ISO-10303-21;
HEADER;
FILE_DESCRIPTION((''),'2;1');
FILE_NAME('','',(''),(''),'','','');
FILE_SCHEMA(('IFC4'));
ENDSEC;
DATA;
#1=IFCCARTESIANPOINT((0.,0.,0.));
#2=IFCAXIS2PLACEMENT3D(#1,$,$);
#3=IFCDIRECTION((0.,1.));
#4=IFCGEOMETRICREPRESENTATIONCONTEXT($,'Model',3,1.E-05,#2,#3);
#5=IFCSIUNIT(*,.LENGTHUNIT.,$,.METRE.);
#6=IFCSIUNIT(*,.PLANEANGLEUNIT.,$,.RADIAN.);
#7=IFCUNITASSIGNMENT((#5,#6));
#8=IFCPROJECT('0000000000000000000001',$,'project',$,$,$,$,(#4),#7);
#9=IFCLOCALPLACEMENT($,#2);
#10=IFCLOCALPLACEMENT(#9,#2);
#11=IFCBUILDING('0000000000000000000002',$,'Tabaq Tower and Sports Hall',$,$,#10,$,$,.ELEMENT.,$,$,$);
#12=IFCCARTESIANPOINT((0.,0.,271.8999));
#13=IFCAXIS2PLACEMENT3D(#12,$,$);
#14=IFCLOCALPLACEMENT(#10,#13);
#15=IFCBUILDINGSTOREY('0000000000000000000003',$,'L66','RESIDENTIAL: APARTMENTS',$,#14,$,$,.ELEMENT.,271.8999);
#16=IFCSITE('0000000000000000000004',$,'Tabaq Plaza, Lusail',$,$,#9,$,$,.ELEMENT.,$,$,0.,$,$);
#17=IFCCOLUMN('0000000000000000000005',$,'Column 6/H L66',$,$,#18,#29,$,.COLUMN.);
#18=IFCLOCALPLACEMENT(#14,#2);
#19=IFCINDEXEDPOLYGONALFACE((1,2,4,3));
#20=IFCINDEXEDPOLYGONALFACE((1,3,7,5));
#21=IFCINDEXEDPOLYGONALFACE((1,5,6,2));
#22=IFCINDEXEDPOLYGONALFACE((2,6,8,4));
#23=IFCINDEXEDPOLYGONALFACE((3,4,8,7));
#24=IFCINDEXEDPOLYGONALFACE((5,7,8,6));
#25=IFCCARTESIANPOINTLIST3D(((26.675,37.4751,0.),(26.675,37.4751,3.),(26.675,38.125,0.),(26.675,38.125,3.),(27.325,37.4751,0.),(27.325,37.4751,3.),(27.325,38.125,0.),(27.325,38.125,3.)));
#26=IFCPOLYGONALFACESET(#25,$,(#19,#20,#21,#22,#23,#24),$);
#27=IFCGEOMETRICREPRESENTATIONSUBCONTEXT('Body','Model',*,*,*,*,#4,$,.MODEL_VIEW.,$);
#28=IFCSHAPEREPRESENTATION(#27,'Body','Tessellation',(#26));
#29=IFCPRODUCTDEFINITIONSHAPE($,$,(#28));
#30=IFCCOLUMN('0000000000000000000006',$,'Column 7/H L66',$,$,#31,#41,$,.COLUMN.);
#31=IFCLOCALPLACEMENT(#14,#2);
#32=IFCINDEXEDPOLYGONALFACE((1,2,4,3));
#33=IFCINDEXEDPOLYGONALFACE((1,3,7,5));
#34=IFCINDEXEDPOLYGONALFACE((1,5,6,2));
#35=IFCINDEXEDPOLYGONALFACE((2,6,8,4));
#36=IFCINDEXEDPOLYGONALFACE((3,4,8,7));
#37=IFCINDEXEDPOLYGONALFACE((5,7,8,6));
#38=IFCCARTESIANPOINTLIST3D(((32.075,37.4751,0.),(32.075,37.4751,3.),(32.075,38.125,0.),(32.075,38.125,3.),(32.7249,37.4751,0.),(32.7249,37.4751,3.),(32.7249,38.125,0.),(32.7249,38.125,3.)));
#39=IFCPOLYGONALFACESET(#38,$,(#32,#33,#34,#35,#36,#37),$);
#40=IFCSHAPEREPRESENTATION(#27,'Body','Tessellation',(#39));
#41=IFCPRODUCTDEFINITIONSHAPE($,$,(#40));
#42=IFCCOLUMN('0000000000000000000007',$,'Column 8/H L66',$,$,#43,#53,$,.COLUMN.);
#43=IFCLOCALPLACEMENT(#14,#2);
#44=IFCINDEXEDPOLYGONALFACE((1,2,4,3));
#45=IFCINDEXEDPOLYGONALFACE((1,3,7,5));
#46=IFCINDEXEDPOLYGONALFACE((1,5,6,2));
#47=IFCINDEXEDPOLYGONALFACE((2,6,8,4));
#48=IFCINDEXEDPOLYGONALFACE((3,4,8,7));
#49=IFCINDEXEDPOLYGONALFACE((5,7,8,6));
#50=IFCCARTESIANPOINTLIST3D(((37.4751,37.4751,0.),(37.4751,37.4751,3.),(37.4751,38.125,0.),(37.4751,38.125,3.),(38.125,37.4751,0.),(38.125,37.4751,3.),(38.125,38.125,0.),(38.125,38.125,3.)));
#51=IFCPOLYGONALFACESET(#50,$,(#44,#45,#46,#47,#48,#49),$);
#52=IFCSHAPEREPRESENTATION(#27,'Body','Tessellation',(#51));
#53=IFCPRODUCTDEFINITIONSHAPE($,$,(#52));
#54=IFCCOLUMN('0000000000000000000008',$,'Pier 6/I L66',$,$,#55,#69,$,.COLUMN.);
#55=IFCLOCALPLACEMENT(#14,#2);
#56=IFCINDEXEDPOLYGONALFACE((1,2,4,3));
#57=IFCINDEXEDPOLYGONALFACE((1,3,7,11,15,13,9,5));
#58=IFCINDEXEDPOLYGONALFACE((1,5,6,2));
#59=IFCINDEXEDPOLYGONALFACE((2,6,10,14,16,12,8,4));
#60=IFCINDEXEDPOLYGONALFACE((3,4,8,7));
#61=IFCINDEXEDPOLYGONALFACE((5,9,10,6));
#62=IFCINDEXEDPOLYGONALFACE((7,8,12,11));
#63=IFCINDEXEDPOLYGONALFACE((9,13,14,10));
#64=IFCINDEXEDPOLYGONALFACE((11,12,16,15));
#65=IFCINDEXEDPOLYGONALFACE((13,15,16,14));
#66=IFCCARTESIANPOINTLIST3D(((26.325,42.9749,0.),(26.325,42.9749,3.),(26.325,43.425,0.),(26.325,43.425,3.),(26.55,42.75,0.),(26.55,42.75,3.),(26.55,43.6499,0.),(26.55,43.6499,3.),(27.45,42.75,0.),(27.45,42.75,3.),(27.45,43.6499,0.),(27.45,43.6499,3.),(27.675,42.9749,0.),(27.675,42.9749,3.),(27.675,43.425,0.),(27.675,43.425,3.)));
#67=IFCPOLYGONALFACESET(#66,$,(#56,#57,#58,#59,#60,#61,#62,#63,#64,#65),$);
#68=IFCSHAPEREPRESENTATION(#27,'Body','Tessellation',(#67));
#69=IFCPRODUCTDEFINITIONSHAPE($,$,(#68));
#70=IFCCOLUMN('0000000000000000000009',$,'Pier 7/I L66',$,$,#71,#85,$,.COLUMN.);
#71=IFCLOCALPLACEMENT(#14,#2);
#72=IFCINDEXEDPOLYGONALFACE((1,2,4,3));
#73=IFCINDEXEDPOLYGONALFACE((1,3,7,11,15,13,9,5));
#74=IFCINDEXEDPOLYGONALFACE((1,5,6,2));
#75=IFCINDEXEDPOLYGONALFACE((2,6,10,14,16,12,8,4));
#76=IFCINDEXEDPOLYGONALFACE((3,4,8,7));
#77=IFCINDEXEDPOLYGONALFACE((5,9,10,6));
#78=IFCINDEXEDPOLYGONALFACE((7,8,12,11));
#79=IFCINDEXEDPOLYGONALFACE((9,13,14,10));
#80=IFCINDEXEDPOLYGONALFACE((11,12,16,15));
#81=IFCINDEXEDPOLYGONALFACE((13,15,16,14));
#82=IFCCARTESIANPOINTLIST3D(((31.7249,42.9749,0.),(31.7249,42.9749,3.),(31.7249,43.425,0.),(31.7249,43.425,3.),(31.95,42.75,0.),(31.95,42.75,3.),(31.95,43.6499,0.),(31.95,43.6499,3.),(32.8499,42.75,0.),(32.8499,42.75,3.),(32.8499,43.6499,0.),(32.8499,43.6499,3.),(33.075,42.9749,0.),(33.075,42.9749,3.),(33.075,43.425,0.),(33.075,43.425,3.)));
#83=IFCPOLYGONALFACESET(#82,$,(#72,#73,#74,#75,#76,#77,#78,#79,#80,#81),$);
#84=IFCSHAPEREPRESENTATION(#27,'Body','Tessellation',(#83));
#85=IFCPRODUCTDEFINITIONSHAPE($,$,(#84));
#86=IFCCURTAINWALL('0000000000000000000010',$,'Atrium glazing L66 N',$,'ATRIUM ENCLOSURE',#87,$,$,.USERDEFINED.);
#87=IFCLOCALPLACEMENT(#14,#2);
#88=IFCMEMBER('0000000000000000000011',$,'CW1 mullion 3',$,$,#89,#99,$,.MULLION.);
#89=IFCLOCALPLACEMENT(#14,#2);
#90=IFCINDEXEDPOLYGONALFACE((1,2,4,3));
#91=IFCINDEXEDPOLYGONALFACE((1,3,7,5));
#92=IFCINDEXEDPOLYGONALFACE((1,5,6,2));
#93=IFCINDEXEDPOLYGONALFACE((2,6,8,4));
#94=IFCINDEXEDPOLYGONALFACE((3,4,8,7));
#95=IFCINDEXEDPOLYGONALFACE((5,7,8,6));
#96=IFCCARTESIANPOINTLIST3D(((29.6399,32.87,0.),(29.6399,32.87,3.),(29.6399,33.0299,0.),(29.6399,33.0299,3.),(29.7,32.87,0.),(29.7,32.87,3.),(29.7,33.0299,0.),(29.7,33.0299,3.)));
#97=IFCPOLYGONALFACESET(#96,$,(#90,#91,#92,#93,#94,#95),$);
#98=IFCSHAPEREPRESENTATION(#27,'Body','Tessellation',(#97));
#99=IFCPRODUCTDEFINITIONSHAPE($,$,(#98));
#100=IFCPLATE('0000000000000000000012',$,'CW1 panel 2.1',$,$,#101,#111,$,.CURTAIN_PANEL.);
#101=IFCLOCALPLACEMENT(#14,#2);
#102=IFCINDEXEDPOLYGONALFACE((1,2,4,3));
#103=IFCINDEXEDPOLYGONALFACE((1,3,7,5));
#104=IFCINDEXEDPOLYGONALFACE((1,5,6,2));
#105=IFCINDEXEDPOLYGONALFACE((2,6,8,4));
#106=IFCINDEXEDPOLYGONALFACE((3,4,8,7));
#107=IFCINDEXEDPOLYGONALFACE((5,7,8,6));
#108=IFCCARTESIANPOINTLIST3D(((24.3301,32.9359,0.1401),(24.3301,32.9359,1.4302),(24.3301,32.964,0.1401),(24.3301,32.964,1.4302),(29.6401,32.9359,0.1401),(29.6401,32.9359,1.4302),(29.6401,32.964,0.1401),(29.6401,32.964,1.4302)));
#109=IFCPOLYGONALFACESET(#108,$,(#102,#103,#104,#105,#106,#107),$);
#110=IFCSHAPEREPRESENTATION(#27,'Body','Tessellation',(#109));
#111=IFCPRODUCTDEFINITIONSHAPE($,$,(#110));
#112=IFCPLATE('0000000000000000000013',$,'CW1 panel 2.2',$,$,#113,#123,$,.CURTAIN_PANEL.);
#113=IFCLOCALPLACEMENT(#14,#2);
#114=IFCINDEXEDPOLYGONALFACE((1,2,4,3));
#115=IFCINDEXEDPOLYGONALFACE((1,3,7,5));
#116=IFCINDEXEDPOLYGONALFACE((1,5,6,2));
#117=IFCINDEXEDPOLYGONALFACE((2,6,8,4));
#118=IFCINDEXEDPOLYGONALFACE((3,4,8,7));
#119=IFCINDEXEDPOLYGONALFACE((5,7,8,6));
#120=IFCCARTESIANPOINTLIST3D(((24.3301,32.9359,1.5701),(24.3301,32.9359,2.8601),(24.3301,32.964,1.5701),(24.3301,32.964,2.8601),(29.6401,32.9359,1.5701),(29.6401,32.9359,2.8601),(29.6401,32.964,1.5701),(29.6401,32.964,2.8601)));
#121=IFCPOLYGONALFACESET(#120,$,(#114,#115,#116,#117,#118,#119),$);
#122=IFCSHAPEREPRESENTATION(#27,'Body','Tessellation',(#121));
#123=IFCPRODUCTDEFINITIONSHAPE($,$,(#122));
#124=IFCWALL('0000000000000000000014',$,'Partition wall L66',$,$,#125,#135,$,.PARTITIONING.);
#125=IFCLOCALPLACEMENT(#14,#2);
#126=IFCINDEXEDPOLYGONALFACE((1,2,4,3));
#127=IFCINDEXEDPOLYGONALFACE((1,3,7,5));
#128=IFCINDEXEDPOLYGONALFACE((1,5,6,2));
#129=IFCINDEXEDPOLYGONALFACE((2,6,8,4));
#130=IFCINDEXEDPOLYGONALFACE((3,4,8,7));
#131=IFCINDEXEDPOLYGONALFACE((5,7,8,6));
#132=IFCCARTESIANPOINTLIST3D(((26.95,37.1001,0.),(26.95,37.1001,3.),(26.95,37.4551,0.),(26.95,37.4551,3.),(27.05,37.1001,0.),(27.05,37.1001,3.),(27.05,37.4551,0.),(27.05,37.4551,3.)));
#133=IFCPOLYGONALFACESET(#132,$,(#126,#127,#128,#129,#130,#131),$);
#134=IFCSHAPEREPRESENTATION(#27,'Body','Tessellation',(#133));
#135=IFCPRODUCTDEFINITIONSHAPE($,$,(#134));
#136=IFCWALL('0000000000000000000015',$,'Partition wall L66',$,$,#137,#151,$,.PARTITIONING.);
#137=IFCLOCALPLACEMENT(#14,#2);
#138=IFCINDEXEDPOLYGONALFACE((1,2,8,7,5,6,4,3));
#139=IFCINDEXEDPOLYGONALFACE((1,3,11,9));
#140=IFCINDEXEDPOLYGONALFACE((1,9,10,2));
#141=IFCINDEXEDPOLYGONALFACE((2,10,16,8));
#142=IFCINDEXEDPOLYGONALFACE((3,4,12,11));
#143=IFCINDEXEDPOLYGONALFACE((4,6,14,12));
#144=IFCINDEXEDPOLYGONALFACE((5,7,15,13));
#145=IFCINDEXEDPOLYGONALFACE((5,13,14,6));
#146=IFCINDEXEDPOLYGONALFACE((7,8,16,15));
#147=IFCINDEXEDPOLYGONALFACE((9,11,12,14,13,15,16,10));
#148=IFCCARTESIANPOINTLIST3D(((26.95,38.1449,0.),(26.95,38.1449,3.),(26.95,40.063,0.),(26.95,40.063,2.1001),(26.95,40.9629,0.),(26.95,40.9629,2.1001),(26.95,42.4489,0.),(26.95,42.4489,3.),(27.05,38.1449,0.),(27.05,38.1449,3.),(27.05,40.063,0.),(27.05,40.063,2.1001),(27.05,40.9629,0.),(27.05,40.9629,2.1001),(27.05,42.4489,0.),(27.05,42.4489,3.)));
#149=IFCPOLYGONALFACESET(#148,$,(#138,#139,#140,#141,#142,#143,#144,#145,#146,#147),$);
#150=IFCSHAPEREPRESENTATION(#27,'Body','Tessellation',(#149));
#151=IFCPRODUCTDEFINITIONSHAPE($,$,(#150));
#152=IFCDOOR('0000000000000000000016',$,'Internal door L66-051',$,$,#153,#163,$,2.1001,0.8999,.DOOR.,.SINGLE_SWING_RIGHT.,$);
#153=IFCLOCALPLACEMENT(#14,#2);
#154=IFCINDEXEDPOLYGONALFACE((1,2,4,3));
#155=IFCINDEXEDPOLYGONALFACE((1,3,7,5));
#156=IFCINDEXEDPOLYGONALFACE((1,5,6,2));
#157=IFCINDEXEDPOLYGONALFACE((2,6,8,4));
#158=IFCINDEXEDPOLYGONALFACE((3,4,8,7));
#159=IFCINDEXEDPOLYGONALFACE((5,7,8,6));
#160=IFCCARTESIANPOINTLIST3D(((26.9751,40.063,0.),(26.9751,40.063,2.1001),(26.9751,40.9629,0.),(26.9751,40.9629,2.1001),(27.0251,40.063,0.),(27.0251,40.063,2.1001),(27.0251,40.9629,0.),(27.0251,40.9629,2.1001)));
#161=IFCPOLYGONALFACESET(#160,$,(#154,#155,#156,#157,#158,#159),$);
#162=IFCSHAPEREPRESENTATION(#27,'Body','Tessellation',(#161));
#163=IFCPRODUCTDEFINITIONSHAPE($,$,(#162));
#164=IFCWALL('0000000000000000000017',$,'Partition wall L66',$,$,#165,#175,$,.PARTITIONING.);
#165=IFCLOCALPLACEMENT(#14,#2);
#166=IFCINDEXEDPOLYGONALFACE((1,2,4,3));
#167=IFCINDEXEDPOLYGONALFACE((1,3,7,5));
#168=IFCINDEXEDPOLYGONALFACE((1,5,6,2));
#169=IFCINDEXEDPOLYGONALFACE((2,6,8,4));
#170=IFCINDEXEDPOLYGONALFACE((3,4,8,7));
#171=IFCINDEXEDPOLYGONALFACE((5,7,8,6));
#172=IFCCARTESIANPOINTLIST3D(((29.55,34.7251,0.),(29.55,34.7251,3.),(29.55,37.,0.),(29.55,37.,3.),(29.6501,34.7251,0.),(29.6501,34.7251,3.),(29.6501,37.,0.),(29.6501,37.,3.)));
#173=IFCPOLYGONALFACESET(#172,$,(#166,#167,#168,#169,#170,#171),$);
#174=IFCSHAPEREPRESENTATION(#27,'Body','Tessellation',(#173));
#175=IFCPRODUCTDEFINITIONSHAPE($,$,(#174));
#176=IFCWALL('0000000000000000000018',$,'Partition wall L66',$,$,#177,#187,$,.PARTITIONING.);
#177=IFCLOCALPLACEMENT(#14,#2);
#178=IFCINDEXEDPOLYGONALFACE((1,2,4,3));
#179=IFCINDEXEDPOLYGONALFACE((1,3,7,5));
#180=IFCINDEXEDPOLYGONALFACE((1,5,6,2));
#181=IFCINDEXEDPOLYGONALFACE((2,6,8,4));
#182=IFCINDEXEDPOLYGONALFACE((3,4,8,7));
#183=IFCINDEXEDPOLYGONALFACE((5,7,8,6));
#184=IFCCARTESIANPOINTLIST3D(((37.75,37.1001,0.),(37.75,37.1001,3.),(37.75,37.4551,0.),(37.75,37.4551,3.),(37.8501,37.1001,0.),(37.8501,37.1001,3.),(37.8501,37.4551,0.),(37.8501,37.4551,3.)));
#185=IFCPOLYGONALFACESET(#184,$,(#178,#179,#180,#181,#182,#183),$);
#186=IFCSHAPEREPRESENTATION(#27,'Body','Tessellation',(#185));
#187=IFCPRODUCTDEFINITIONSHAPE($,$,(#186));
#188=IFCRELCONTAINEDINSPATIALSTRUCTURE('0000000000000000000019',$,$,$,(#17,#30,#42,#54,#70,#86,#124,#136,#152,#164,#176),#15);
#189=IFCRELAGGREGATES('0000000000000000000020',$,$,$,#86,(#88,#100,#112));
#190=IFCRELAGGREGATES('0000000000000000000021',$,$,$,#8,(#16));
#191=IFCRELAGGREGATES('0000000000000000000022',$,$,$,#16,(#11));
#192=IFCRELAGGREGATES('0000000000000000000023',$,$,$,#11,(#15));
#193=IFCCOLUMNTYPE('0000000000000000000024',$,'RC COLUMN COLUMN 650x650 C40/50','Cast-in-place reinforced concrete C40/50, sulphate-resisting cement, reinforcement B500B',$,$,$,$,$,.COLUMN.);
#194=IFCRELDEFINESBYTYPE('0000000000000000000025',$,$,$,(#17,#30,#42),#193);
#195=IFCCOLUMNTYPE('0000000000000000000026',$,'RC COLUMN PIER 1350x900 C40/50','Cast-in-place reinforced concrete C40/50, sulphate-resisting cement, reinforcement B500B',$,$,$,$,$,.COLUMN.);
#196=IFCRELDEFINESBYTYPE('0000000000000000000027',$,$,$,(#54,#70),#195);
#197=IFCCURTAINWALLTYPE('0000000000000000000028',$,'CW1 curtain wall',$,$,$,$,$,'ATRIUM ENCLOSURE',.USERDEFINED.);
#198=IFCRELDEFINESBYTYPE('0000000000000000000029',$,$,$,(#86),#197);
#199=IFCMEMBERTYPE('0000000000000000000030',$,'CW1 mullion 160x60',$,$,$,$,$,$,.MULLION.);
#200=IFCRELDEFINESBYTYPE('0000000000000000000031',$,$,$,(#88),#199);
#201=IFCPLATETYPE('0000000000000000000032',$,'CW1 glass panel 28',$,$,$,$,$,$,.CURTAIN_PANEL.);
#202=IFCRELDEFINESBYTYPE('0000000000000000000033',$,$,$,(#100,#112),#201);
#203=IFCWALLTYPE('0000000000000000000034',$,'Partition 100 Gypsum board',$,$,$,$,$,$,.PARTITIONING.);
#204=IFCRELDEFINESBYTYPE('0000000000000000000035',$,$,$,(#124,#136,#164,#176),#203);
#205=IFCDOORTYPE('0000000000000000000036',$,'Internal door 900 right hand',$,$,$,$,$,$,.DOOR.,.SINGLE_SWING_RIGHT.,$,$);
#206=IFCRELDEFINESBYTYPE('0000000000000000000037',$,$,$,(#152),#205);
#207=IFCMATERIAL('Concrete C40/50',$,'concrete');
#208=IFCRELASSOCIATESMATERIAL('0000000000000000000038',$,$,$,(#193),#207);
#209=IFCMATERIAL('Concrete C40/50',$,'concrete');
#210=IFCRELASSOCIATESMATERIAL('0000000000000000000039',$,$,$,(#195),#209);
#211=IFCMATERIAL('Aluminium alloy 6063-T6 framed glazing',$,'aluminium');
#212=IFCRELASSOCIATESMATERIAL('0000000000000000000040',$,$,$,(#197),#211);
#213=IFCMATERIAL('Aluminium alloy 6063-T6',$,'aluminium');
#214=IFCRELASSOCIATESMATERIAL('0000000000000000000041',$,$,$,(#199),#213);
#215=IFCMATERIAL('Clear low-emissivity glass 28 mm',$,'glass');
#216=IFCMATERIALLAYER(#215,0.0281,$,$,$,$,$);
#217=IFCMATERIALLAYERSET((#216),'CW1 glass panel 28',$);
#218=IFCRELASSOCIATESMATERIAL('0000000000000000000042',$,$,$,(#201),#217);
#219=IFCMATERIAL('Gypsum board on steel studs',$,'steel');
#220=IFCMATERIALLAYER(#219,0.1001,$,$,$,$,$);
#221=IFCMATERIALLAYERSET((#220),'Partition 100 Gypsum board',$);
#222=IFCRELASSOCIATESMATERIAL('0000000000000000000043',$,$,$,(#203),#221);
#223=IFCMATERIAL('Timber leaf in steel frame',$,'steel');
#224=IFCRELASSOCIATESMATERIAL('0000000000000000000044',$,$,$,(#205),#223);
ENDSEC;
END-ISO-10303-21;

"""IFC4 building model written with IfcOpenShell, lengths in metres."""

from ifc_helpers import new_model, si_unit, direction, frame, frame_2d, origin, origin_2d, place, context, subcontext, project, spatial, polyline, rectangle, outline, extrude, material, layer, layer_set, material_profile, profile_set, type_object, element, fill, aggregate, save


model = new_model("IFC4")

# Units and contexts
model_context = context("Model", 3, precision=1e-05, world=origin(), true_north=direction((0.0, 1.0)))
body_context = subcontext(model_context, "Body", "Model", "MODEL_VIEW")
ifc_project = project(units=[si_unit("LENGTHUNIT", "METRE"), si_unit("PLANEANGLEUNIT", "RADIAN")], contexts=[model_context])

# Site, building, storey
site_placement = place(None, origin())
site = spatial("IfcSite", under=ifc_project, at=site_placement, Name="Tabaq Plaza, Lusail", CompositionType="ELEMENT", RefElevation=0.0)
building_placement = place(site_placement, origin())
building = spatial("IfcBuilding", under=site, at=building_placement, Name="Tabaq Tower and Sports Hall", CompositionType="ELEMENT")
storey_placement = place(building_placement, frame((0.0, 0.0, 271.8999)))
storey = spatial("IfcBuildingStorey", under=building, at=storey_placement, Name="L66", Description="RESIDENTIAL: APARTMENTS", CompositionType="ELEMENT", Elevation=271.8999)

# Columns
ifc_material_1 = material(Name="Concrete C40/50", Category="concrete")
ifc_material_profile_1 = material_profile(ifc_material_1, rectangle(XDim=0.6499, YDim=0.6499, at=origin_2d()), Name="COLUMN 650x650")
ifc_profile_set_1 = profile_set([ifc_material_profile_1], Name="Concrete C40/50")
column_type_1 = type_object("IfcColumnType", Name="RC COLUMN COLUMN 650x650 C40/50", Description="Cast-in-place reinforced concrete C40/50, sulphate-resisting cement, reinforcement B500B", PredefinedType="COLUMN", material=ifc_profile_set_1)
for number, where, z_axis, x_axis, name in (
    (1, (27.0, 37.8, 0.0), (0.0, 0.0, 1.0), (1.0, 0.0, 0.0), "Column 6/H L66"),
    (2, (32.3999, 37.8, 0.0), (0.0, 0.0, 1.0), (1.0, 0.0, 0.0), "Column 7/H L66"),
    (3, (37.8, 37.8, 0.0), (0.0, 0.0, 1.0), (1.0, 0.0, 0.0), "Column 8/H L66"),
):
    element("IfcColumn", number, at=place(storey_placement, frame(where, z_axis=z_axis, x_axis=x_axis)), inside=storey, type_object=column_type_1, Name=name, PredefinedType="COLUMN", context=body_context, shape_type="SweptSolid", body=[
        extrude(rectangle(XDim=0.6499, YDim=0.6499, at=origin_2d()), origin(), (0.0, 0.0, 1.0), 3.0),
    ])
ifc_material_2 = material(Name="Concrete C40/50", Category="concrete")
ifc_material_profile_2 = material_profile(ifc_material_2, outline(polyline([(-0.45, -0.45), (0.45, -0.45), (0.675, -0.2251), (0.675, 0.2251), (0.45, 0.45), (-0.45, 0.45), (-0.675, 0.2251), (-0.675, -0.2251), (-0.45, -0.45)])), Name="PIER 1350x900")
ifc_profile_set_2 = profile_set([ifc_material_profile_2], Name="Concrete C40/50")
column_type_2 = type_object("IfcColumnType", Name="RC COLUMN PIER 1350x900 C40/50", Description="Cast-in-place reinforced concrete C40/50, sulphate-resisting cement, reinforcement B500B", PredefinedType="COLUMN", material=ifc_profile_set_2)
for number, where, z_axis, x_axis, name in (
    (4, (27.0, 43.2, 0.0), (0.0, 0.0, 1.0), (1.0, 0.0, 0.0), "Pier 6/I L66"),
    (5, (32.3999, 43.2, 0.0), (0.0, 0.0, 1.0), (1.0, 0.0, 0.0), "Pier 7/I L66"),
):
    element("IfcColumn", number, at=place(storey_placement, frame(where, z_axis=z_axis, x_axis=x_axis)), inside=storey, type_object=column_type_2, Name=name, PredefinedType="COLUMN", context=body_context, shape_type="SweptSolid", body=[
        extrude(outline(polyline([(-0.45, -0.45), (0.45, -0.45), (0.675, -0.2251), (0.675, 0.2251), (0.45, 0.45), (-0.45, 0.45), (-0.675, 0.2251), (-0.675, -0.2251), (-0.45, -0.45)])), origin(), (0.0, 0.0, 1.0), 3.0),
    ])

# Curtain wall, member, plates
ifc_material_3 = material(Name="Aluminium alloy 6063-T6 framed glazing", Category="aluminium")
curtain_wall_type = type_object("IfcCurtainWallType", Name="CW1 curtain wall", ElementType="ATRIUM ENCLOSURE", PredefinedType="USERDEFINED", material=ifc_material_3)
curtain_wall_placement = place(storey_placement, origin())
curtain_wall = element("IfcCurtainWall", 6, at=curtain_wall_placement, inside=storey, type_object=curtain_wall_type, Name="Atrium glazing L66 N", ObjectType="ATRIUM ENCLOSURE", PredefinedType="USERDEFINED")
ifc_material_4 = material(Name="Aluminium alloy 6063-T6", Category="aluminium")
ifc_material_profile_3 = material_profile(ifc_material_4, rectangle(XDim=0.1599, YDim=0.0601, at=origin_2d()), Name="MULLION 160x60")
ifc_profile_set_3 = profile_set([ifc_material_profile_3], Name="Aluminium alloy 6063-T6")
member_type = type_object("IfcMemberType", Name="CW1 mullion 160x60", PredefinedType="MULLION", material=ifc_profile_set_3)
member_placement = place(storey_placement, frame((29.6699, 32.95, 0.0), z_axis=(0.0, 0.0, 1.0), x_axis=(0.0, 1.0, 0.0)))
member = element("IfcMember", 7, at=member_placement, type_object=member_type, Name="CW1 mullion 3", PredefinedType="MULLION", context=body_context, shape_type="SweptSolid", body=[
    extrude(rectangle(XDim=0.1599, YDim=0.0601, at=origin_2d()), origin(), (0.0, 0.0, 1.0), 3.0),
])
ifc_material_5 = material(Name="Clear low-emissivity glass 28 mm", Category="glass")
ifc_layer_1 = layer(ifc_material_5, 0.0281)
ifc_layer_set_1 = layer_set([ifc_layer_1], Name="CW1 glass panel 28")
plate_type = type_object("IfcPlateType", Name="CW1 glass panel 28", PredefinedType="CURTAIN_PANEL", material=ifc_layer_set_1)
plate_1_placement = place(storey_placement, frame((26.9851, 32.95, 0.1401), z_axis=(0.0, 0.0, 1.0), x_axis=(1.0, 0.0, 0.0)))
plate_1 = element("IfcPlate", 8, at=plate_1_placement, type_object=plate_type, Name="CW1 panel 2.1", PredefinedType="CURTAIN_PANEL", context=body_context, shape_type="SweptSolid", body=[
    extrude(rectangle(XDim=5.3101, YDim=0.0281, at=origin_2d()), origin(), (0.0, 0.0, 1.0), 1.29),
])
plate_2_placement = place(storey_placement, frame((26.9851, 32.95, 1.5701), z_axis=(0.0, 0.0, 1.0), x_axis=(1.0, 0.0, 0.0)))
plate_2 = element("IfcPlate", 9, at=plate_2_placement, type_object=plate_type, Name="CW1 panel 2.2", PredefinedType="CURTAIN_PANEL", context=body_context, shape_type="SweptSolid", body=[
    extrude(rectangle(XDim=5.3101, YDim=0.0281, at=origin_2d()), origin(), (0.0, 0.0, 1.0), 1.29),
])
aggregate(curtain_wall, [member, plate_1, plate_2])

# Wall
ifc_material_6 = material(Name="Gypsum board on steel studs", Category="steel")
ifc_layer_2 = layer(ifc_material_6, 0.1001)
ifc_layer_set_2 = layer_set([ifc_layer_2], Name="Partition 100 Gypsum board")
wall_type_1 = type_object("IfcWallType", Name="Partition 100 Gypsum board", PredefinedType="PARTITIONING", material=ifc_layer_set_2)
wall_1_placement = place(storey_placement, frame((27.0, 37.1001, 0.0), z_axis=(0.0, 0.0, 1.0), x_axis=(0.0, 1.0, 0.0)))
element("IfcWall", 10, at=wall_1_placement, inside=storey, type_object=wall_type_1, Name="Partition wall L66", PredefinedType="PARTITIONING", context=body_context, shape_type="SweptSolid", body=[
    extrude(rectangle(XDim=0.355, YDim=0.1001, at=frame_2d((0.1775, 0.0))), origin(), (0.0, 0.0, 1.0), 3.0),
])

# Wall, opening, door
wall_2_placement = place(storey_placement, frame((27.0, 38.145, 0.0), z_axis=(0.0, 0.0, 1.0), x_axis=(0.0, 1.0, 0.0)))
wall_2 = element("IfcWall", 11, at=wall_2_placement, inside=storey, type_object=wall_type_1, Name="Partition wall L66", PredefinedType="PARTITIONING", context=body_context, shape_type="SweptSolid", body=[
    extrude(rectangle(XDim=4.304, YDim=0.1001, at=frame_2d((2.1519, 0.0))), origin(), (0.0, 0.0, 1.0), 3.0),
])
opening_1_placement = place(wall_2_placement, frame((1.918, 0.0, 0.0)))
opening_1 = element("IfcOpeningElement", 12, at=opening_1_placement, cuts=wall_2, PredefinedType="OPENING", context=body_context, shape_type="SweptSolid", body=[
    extrude(rectangle(XDim=0.8999, YDim=2.1001, at=frame_2d((0.45, 1.05))), frame((0.0, 0.05, 0.0), z_axis=(0.0, -1.0, 0.0), x_axis=(1.0, 0.0, 0.0)), (0.0, 0.0, 1.0), 0.1001),
])
ifc_material_7 = material(Name="Timber leaf in steel frame", Category="steel")
door_type_1 = type_object("IfcDoorType", Name="Internal door 900 right hand", OperationType="SINGLE_SWING_RIGHT", PredefinedType="DOOR", material=ifc_material_7)
door_1_placement = place(opening_1_placement, origin())
door_1 = element("IfcDoor", 13, at=door_1_placement, inside=storey, type_object=door_type_1, Name="Internal door L66-051", OperationType="SINGLE_SWING_RIGHT", OverallHeight=2.1001, OverallWidth=0.8999, PredefinedType="DOOR", context=body_context, shape_type="SweptSolid", body=[
    extrude(rectangle(XDim=0.8999, YDim=2.1001, at=frame_2d((0.45, 1.05))), frame((0.0, 0.0249, 0.0), z_axis=(0.0, -1.0, 0.0), x_axis=(1.0, 0.0, 0.0)), (0.0, 0.0, 1.0), 0.05),
])
fill(opening_1, door_1)

# Walls
wall_3_placement = place(storey_placement, frame((29.6001, 34.7251, 0.0), z_axis=(0.0, 0.0, 1.0), x_axis=(0.0, 1.0, 0.0)))
element("IfcWall", 14, at=wall_3_placement, inside=storey, type_object=wall_type_1, Name="Partition wall L66", PredefinedType="PARTITIONING", context=body_context, shape_type="SweptSolid", body=[
    extrude(rectangle(XDim=2.2749, YDim=0.1001, at=frame_2d((1.1375, 0.0))), origin(), (0.0, 0.0, 1.0), 3.0),
])
wall_4_placement = place(storey_placement, frame((37.8, 37.1001, 0.0), z_axis=(0.0, 0.0, 1.0), x_axis=(0.0, 1.0, 0.0)))
element("IfcWall", 15, at=wall_4_placement, inside=storey, type_object=wall_type_1, Name="Partition wall L66", PredefinedType="PARTITIONING", context=body_context, shape_type="SweptSolid", body=[
    extrude(rectangle(XDim=0.355, YDim=0.1001, at=frame_2d((0.1775, 0.0))), origin(), (0.0, 0.0, 1.0), 3.0),
])

save(model, "model.ifc")
